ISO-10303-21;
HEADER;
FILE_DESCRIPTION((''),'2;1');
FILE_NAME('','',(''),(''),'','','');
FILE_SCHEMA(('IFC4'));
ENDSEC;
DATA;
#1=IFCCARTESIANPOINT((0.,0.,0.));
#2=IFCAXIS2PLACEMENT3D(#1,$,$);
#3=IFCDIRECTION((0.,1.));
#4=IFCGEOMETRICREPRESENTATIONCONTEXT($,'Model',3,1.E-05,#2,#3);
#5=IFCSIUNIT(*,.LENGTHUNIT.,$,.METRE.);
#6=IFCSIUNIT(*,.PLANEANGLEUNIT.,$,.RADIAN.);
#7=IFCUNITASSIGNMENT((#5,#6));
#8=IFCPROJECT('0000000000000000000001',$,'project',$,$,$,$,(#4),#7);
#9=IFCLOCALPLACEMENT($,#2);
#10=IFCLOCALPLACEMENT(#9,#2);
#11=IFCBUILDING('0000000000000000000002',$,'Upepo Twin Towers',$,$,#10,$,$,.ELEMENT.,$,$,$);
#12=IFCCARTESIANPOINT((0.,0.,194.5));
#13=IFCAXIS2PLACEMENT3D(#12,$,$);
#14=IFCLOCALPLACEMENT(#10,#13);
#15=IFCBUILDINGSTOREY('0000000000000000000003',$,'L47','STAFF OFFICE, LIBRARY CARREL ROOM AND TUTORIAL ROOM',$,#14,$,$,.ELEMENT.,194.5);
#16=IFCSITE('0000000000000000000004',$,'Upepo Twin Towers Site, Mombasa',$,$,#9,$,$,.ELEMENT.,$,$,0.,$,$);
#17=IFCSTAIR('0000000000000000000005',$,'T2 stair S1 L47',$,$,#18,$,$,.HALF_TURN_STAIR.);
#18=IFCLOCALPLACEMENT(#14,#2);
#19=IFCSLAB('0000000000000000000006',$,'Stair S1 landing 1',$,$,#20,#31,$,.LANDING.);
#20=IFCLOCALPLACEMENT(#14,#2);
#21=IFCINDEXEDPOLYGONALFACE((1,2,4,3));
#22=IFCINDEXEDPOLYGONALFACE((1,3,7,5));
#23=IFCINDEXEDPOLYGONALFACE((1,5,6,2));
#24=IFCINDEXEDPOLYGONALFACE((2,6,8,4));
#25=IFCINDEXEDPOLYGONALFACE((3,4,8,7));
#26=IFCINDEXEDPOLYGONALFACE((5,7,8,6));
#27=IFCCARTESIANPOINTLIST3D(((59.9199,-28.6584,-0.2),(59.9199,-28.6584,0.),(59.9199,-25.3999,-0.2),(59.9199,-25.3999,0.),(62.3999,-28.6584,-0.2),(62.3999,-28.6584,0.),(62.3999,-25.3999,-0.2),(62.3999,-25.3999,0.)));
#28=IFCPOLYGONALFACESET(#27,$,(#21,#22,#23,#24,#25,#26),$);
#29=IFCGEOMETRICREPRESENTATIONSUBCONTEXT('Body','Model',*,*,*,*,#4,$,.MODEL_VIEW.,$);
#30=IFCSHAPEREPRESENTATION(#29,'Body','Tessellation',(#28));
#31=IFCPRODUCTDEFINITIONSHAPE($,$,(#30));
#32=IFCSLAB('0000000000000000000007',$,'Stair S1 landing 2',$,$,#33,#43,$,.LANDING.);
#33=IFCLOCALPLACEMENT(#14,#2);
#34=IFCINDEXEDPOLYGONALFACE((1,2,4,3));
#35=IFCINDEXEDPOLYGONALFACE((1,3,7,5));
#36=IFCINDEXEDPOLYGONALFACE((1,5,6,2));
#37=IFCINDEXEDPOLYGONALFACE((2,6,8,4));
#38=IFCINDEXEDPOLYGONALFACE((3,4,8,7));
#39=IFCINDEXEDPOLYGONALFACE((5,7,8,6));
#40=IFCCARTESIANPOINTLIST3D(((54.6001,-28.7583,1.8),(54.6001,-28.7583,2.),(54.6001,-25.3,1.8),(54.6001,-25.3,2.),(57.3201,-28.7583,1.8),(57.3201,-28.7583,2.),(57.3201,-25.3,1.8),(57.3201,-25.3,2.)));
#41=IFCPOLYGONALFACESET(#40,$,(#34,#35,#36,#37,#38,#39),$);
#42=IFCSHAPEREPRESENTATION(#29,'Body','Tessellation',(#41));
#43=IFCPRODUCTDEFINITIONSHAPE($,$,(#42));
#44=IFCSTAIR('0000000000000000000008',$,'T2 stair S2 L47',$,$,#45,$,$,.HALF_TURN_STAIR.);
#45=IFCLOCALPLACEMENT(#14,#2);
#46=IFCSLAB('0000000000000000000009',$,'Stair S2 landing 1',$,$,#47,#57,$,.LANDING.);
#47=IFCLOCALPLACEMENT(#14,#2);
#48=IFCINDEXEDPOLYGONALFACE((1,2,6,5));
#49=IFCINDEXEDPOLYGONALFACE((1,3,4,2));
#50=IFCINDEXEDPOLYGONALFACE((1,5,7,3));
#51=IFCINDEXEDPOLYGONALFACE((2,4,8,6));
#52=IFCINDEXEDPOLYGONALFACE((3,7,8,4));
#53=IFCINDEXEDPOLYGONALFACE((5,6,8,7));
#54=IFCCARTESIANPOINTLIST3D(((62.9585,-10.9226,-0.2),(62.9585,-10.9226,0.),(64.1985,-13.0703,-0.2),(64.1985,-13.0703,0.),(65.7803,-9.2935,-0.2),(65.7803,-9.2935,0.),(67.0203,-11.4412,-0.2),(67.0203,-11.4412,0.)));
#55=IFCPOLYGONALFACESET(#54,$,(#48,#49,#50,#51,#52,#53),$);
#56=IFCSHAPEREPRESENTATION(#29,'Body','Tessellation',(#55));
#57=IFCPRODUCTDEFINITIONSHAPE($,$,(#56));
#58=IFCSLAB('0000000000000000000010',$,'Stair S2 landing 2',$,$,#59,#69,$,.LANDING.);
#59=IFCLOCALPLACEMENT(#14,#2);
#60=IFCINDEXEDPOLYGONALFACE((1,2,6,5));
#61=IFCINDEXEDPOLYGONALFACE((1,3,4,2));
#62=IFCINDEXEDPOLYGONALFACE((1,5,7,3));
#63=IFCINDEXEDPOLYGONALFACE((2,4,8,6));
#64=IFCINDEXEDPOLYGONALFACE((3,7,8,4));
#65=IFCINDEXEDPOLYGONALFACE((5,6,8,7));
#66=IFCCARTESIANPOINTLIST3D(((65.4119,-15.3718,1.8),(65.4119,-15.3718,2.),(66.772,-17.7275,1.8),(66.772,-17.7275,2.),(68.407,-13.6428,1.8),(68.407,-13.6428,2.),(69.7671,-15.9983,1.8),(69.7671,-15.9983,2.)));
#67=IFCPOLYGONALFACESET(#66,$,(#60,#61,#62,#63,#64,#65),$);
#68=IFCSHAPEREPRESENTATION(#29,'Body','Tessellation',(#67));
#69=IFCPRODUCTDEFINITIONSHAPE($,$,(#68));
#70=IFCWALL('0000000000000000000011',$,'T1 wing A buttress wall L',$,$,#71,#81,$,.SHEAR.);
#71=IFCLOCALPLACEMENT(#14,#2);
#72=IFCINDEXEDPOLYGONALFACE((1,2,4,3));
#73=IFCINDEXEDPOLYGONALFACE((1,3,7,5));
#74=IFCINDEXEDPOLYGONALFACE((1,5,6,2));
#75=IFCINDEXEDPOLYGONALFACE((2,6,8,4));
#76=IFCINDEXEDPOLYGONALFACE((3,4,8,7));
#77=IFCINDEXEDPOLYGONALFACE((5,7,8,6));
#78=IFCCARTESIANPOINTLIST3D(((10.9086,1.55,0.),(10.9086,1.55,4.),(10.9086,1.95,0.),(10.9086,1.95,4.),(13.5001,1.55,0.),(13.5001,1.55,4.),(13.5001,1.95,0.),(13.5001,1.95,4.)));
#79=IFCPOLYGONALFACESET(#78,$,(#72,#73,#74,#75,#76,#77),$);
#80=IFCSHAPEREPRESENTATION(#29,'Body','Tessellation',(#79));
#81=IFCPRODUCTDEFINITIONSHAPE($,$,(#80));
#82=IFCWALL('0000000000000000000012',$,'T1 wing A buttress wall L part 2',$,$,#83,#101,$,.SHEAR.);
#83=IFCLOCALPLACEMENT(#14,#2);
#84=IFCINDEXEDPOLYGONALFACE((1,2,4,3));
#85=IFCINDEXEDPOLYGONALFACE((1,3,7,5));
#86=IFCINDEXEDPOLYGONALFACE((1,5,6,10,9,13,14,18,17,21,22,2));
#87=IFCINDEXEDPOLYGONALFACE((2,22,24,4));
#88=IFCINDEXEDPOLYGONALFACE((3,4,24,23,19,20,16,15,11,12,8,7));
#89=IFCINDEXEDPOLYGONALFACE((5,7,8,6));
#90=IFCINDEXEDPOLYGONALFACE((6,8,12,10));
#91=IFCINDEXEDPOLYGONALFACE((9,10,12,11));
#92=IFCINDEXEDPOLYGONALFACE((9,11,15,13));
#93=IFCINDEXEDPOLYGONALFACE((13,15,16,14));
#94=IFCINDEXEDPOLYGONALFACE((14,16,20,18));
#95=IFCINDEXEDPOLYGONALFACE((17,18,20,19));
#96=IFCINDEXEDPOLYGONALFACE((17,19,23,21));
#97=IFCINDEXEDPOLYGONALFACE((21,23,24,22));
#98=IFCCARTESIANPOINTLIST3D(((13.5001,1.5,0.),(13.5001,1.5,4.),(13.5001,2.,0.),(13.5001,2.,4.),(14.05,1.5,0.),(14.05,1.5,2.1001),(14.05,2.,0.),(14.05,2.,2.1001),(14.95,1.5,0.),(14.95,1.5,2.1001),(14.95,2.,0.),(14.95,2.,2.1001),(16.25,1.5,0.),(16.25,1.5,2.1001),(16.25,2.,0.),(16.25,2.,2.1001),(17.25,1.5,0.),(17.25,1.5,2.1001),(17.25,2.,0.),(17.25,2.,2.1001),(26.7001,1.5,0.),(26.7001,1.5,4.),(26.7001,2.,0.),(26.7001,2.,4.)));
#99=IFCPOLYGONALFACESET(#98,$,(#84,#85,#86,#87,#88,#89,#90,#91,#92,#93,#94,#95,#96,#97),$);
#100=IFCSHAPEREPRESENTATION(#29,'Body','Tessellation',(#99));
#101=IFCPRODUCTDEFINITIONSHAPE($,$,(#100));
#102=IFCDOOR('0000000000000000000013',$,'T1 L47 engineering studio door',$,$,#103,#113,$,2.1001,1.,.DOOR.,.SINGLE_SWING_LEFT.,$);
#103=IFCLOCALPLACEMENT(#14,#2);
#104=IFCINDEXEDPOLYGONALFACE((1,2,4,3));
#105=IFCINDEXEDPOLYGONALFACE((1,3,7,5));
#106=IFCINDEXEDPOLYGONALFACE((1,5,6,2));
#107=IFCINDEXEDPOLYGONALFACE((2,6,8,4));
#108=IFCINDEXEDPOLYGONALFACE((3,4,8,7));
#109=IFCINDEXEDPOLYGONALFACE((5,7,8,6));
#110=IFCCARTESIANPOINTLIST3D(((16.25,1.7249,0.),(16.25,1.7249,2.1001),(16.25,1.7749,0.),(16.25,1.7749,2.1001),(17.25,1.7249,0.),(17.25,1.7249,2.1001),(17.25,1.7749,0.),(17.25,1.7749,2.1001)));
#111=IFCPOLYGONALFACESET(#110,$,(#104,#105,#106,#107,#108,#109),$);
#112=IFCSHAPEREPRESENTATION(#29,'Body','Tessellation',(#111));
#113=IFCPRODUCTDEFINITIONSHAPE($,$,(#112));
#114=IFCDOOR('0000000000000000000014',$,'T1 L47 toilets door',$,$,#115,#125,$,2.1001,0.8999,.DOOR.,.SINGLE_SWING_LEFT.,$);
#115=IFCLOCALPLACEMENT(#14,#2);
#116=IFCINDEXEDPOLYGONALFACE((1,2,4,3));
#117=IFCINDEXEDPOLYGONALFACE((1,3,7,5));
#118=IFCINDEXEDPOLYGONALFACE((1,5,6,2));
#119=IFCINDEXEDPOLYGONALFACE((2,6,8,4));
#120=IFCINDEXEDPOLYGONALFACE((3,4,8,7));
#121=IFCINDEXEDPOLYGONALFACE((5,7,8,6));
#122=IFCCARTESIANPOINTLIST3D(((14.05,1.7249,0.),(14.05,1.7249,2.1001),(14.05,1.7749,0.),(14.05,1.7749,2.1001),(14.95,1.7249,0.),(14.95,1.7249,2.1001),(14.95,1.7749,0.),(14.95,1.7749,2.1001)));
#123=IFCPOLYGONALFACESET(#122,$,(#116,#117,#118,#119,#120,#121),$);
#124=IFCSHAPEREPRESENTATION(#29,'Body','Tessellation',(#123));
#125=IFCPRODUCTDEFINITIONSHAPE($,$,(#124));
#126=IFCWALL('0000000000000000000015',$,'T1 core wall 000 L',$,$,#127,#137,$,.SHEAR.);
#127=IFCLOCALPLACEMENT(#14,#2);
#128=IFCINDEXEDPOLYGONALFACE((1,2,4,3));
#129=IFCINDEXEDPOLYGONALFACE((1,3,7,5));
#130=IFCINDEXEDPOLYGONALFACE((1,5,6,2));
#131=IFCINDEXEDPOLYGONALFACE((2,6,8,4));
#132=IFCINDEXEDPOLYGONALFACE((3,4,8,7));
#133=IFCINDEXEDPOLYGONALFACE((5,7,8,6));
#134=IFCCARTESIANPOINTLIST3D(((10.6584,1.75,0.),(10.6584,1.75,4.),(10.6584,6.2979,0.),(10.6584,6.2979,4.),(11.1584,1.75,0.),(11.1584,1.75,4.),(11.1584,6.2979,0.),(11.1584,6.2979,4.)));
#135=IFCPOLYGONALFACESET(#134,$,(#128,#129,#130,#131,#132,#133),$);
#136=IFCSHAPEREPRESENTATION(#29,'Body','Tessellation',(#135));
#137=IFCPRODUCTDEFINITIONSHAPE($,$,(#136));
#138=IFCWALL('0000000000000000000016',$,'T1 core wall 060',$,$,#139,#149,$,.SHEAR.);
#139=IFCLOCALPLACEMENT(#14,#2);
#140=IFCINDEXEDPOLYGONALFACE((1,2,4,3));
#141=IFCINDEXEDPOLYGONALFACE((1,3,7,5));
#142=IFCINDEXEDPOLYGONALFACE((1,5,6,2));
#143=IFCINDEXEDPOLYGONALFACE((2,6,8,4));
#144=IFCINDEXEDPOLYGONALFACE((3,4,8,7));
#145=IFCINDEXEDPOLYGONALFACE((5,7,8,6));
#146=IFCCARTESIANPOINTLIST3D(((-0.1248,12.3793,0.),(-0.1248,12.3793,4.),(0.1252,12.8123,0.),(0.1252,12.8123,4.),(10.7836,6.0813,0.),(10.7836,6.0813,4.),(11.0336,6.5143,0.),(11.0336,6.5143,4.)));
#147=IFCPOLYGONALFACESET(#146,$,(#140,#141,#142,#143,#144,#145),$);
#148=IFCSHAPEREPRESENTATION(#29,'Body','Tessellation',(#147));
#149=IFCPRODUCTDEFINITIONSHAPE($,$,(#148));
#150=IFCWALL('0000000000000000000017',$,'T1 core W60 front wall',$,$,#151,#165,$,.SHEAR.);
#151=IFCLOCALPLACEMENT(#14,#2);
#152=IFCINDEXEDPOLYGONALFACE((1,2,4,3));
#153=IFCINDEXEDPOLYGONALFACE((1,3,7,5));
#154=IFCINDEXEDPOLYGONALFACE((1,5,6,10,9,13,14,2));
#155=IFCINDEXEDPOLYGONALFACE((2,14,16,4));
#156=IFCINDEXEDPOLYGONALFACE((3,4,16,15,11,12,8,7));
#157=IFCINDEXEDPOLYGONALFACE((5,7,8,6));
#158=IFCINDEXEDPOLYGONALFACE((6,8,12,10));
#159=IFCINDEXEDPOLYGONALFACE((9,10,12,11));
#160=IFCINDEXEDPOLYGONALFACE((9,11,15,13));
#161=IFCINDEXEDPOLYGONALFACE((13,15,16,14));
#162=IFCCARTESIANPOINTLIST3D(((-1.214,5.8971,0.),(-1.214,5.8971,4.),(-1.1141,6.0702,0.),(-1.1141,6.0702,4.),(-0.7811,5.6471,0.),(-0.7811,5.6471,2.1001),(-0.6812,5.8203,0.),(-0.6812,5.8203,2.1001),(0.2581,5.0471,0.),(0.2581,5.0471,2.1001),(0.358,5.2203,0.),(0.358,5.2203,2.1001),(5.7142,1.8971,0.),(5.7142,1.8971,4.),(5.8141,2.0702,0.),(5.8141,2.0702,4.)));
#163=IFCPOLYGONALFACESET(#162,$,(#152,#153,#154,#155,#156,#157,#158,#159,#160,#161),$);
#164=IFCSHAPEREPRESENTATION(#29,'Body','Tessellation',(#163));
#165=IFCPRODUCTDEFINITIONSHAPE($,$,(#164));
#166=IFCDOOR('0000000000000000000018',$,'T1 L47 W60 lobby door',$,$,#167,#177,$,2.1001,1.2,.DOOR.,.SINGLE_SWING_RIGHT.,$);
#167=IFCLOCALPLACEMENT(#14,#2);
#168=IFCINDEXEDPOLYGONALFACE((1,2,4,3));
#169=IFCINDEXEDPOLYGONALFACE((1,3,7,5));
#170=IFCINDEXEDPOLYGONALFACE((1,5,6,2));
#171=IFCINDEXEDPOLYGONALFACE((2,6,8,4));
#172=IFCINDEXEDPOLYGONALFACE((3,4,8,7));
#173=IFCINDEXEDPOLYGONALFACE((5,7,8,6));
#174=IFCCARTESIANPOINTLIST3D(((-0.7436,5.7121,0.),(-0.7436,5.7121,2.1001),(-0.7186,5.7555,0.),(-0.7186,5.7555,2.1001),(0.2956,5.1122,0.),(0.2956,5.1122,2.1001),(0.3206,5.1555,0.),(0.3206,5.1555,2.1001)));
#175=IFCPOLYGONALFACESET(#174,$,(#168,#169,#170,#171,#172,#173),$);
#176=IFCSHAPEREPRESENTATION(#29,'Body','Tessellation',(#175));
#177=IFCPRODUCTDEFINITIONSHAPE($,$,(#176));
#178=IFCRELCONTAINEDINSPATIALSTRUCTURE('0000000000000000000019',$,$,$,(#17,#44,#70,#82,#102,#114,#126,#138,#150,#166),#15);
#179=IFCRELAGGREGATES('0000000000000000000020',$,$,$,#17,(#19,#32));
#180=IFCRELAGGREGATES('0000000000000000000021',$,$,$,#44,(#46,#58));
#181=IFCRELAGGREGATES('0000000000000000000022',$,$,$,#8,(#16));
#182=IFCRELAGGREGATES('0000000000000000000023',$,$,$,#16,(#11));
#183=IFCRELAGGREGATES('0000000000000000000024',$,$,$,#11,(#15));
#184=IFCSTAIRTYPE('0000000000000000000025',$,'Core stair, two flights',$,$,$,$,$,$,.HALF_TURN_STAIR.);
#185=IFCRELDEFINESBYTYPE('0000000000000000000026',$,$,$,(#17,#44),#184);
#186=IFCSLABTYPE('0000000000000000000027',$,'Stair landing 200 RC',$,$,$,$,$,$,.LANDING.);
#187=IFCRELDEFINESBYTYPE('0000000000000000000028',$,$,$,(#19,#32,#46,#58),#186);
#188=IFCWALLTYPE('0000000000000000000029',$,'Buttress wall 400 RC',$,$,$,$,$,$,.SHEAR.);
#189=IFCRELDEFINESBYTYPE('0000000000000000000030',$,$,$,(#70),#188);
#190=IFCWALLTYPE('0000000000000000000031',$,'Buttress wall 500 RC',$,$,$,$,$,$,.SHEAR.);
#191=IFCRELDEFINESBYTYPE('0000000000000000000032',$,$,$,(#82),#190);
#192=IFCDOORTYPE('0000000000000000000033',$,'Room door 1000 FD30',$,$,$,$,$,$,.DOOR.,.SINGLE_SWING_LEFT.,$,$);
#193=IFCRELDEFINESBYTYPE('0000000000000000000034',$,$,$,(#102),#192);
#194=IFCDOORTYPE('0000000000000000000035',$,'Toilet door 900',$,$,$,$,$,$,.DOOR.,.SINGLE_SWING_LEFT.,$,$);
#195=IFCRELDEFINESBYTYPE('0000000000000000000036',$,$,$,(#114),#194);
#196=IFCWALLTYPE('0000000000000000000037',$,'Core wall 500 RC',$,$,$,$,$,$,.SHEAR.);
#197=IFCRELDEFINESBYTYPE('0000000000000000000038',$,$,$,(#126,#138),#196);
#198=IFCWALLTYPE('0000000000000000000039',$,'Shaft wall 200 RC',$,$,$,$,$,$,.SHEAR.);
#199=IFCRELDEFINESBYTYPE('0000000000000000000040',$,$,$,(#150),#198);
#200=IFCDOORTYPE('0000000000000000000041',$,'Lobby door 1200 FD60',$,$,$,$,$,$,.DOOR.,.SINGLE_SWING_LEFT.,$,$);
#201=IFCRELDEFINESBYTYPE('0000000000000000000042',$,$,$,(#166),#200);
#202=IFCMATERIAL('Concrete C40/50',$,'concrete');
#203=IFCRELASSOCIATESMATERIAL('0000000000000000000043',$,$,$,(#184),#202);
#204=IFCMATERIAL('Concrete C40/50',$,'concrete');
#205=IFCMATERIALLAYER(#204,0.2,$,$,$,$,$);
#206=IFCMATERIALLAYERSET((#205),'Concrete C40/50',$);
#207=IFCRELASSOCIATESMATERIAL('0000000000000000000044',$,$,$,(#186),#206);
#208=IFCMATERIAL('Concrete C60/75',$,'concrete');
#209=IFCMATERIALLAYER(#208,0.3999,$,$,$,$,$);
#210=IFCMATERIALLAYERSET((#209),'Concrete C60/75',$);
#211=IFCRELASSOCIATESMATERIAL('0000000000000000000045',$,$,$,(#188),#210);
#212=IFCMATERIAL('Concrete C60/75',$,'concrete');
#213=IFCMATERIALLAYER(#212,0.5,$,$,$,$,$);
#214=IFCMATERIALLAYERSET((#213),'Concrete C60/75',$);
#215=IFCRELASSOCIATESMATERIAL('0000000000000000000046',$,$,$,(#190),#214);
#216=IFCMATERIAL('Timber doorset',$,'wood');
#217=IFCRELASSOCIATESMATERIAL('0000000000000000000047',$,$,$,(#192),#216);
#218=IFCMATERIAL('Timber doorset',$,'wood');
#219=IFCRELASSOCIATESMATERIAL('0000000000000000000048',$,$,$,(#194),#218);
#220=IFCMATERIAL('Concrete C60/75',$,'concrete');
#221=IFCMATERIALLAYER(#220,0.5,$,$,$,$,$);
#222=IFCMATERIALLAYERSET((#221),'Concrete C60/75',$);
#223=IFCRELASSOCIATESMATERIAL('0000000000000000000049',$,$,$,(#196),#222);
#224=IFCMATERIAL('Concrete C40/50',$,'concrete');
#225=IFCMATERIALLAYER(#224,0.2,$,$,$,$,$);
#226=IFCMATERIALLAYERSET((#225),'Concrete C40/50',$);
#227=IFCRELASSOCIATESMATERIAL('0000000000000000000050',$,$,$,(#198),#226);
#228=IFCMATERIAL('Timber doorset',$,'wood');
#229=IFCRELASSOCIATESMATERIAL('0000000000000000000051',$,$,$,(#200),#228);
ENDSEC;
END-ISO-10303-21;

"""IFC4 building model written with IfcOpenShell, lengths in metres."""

from ifc_helpers import new_model, si_unit, direction, frame, frame_2d, origin, place, context, subcontext, project, spatial, polyline, rectangle, outline, extrude, material, layer, layer_set, type_object, element, fill, aggregate, save


model = new_model("IFC4")

# Units and contexts
model_context = context("Model", 3, precision=1e-05, world=origin(), true_north=direction((0.0, 1.0)))
body_context = subcontext(model_context, "Body", "Model", "MODEL_VIEW")
ifc_project = project(units=[si_unit("LENGTHUNIT", "METRE"), si_unit("PLANEANGLEUNIT", "RADIAN")], contexts=[model_context])

# Site, building, storey
site_placement = place(None, origin())
site = spatial("IfcSite", under=ifc_project, at=site_placement, Name="Upepo Twin Towers Site, Mombasa", CompositionType="ELEMENT", RefElevation=0.0)
building_placement = place(site_placement, origin())
building = spatial("IfcBuilding", under=site, at=building_placement, Name="Upepo Twin Towers", CompositionType="ELEMENT")
storey_placement = place(building_placement, frame((0.0, 0.0, 194.5)))
storey = spatial("IfcBuildingStorey", under=building, at=storey_placement, Name="L47", Description="STAFF OFFICE, LIBRARY CARREL ROOM AND TUTORIAL ROOM", CompositionType="ELEMENT", Elevation=194.5)

# Shared definitions
ifc_material_1 = material(Name="Concrete C40/50", Category="concrete")
stair_type = type_object("IfcStairType", Name="Core stair, two flights", PredefinedType="HALF_TURN_STAIR", material=ifc_material_1)
ifc_material_2 = material(Name="Concrete C40/50", Category="concrete")
ifc_layer_1 = layer(ifc_material_2, 0.2)
ifc_layer_set_1 = layer_set([ifc_layer_1], Name="Concrete C40/50")
slab_type = type_object("IfcSlabType", Name="Stair landing 200 RC", PredefinedType="LANDING", material=ifc_layer_set_1)

# Stairs, slabs
stair_1_placement = place(storey_placement, origin())
stair_1 = element("IfcStair", 1, at=stair_1_placement, inside=storey, type_object=stair_type, Name="T2 stair S1 L47", PredefinedType="HALF_TURN_STAIR")
slab_1_placement = place(storey_placement, frame((0.0, 0.0, -0.2)))
slab_1 = element("IfcSlab", 2, at=slab_1_placement, type_object=slab_type, Name="Stair S1 landing 1", PredefinedType="LANDING", context=body_context, shape_type="SweptSolid", body=[
    extrude(outline(polyline([(59.9199, -25.3999), (59.9199, -28.6584), (62.3999, -28.6584), (62.3999, -25.3999), (59.9199, -25.3999)])), origin(), (0.0, 0.0, 1.0), 0.2),
])
slab_2_placement = place(storey_placement, frame((0.0, 0.0, 1.8)))
slab_2 = element("IfcSlab", 3, at=slab_2_placement, type_object=slab_type, Name="Stair S1 landing 2", PredefinedType="LANDING", context=body_context, shape_type="SweptSolid", body=[
    extrude(outline(polyline([(54.6001, -25.3), (54.6001, -28.7583), (57.3201, -28.7583), (57.3201, -25.3), (54.6001, -25.3)])), origin(), (0.0, 0.0, 1.0), 0.2),
])
aggregate(stair_1, [slab_1, slab_2])
stair_2_placement = place(storey_placement, origin())
stair_2 = element("IfcStair", 4, at=stair_2_placement, inside=storey, type_object=stair_type, Name="T2 stair S2 L47", PredefinedType="HALF_TURN_STAIR")
slab_3_placement = place(storey_placement, frame((0.0, 0.0, -0.2)))
slab_3 = element("IfcSlab", 5, at=slab_3_placement, type_object=slab_type, Name="Stair S2 landing 1", PredefinedType="LANDING", context=body_context, shape_type="SweptSolid", body=[
    extrude(outline(polyline([(64.1985, -13.0703), (67.0203, -11.4412), (65.7803, -9.2935), (62.9585, -10.9226), (64.1985, -13.0703)])), origin(), (0.0, 0.0, 1.0), 0.2),
])
slab_4_placement = place(storey_placement, frame((0.0, 0.0, 1.8)))
slab_4 = element("IfcSlab", 6, at=slab_4_placement, type_object=slab_type, Name="Stair S2 landing 2", PredefinedType="LANDING", context=body_context, shape_type="SweptSolid", body=[
    extrude(outline(polyline([(66.772, -17.7275), (69.7671, -15.9983), (68.407, -13.6428), (65.4119, -15.3718), (66.772, -17.7275)])), origin(), (0.0, 0.0, 1.0), 0.2),
])
aggregate(stair_2, [slab_3, slab_4])

# Wall
ifc_material_3 = material(Name="Concrete C60/75", Category="concrete")
ifc_layer_2 = layer(ifc_material_3, 0.3999)
ifc_layer_set_2 = layer_set([ifc_layer_2], Name="Concrete C60/75")
wall_type_1 = type_object("IfcWallType", Name="Buttress wall 400 RC", PredefinedType="SHEAR", material=ifc_layer_set_2)
wall_1_placement = place(storey_placement, frame((10.9084, 1.75, 0.0), z_axis=(0.0, 0.0, 1.0), x_axis=(1.0, 0.0, 0.0)))
element("IfcWall", 7, at=wall_1_placement, inside=storey, type_object=wall_type_1, Name="T1 wing A buttress wall L", PredefinedType="SHEAR", context=body_context, shape_type="SweptSolid", body=[
    extrude(rectangle(XDim=2.5916, YDim=0.3999, at=frame_2d((1.2959, 0.0))), origin(), (0.0, 0.0, 1.0), 4.0),
])

# Wall, openings, doors
ifc_material_4 = material(Name="Concrete C60/75", Category="concrete")
ifc_layer_3 = layer(ifc_material_4, 0.5)
ifc_layer_set_3 = layer_set([ifc_layer_3], Name="Concrete C60/75")
wall_type_2 = type_object("IfcWallType", Name="Buttress wall 500 RC", PredefinedType="SHEAR", material=ifc_layer_set_3)
wall_2_placement = place(storey_placement, frame((13.5, 1.75, 0.0), z_axis=(0.0, 0.0, 1.0), x_axis=(1.0, 0.0, 0.0)))
wall_2 = element("IfcWall", 8, at=wall_2_placement, inside=storey, type_object=wall_type_2, Name="T1 wing A buttress wall L part 2", PredefinedType="SHEAR", context=body_context, shape_type="SweptSolid", body=[
    extrude(rectangle(XDim=13.2, YDim=0.5, at=frame_2d((6.6001, 0.0))), origin(), (0.0, 0.0, 1.0), 4.0),
])
opening_1_placement = place(wall_2_placement, frame((0.55, 0.0, 0.0)))
opening_1 = element("IfcOpeningElement", 9, at=opening_1_placement, cuts=wall_2, PredefinedType="OPENING", context=body_context, shape_type="SweptSolid", body=[
    extrude(rectangle(XDim=0.8999, YDim=2.1001, at=frame_2d((0.45, 1.05))), frame((0.0, 0.26, 0.0), z_axis=(0.0, -1.0, 0.0), x_axis=(1.0, 0.0, 0.0)), (0.0, 0.0, 1.0), 0.52),
])
opening_2_placement = place(wall_2_placement, frame((2.75, 0.0, 0.0)))
opening_2 = element("IfcOpeningElement", 10, at=opening_2_placement, cuts=wall_2, PredefinedType="OPENING", context=body_context, shape_type="SweptSolid", body=[
    extrude(rectangle(XDim=1.0, YDim=2.1001, at=frame_2d((0.5, 1.05))), frame((0.0, 0.26, 0.0), z_axis=(0.0, -1.0, 0.0), x_axis=(1.0, 0.0, 0.0)), (0.0, 0.0, 1.0), 0.52),
])
ifc_material_5 = material(Name="Timber doorset", Category="wood")
door_type_1 = type_object("IfcDoorType", Name="Room door 1000 FD30", OperationType="SINGLE_SWING_LEFT", PredefinedType="DOOR", material=ifc_material_5)
door_1_placement = place(opening_2_placement, origin())
door_1 = element("IfcDoor", 11, at=door_1_placement, inside=storey, type_object=door_type_1, Name="T1 L47 engineering studio door", OperationType="SINGLE_SWING_LEFT", OverallHeight=2.1001, OverallWidth=1.0, PredefinedType="DOOR", context=body_context, shape_type="SweptSolid", body=[
    extrude(rectangle(XDim=1.0, YDim=2.1001, at=frame_2d((0.5, 1.05))), frame((0.0, 0.0249, 0.0), z_axis=(0.0, -1.0, 0.0), x_axis=(1.0, 0.0, 0.0)), (0.0, 0.0, 1.0), 0.05),
])
fill(opening_2, door_1)
ifc_material_6 = material(Name="Timber doorset", Category="wood")
door_type_2 = type_object("IfcDoorType", Name="Toilet door 900", OperationType="SINGLE_SWING_LEFT", PredefinedType="DOOR", material=ifc_material_6)
door_2_placement = place(opening_1_placement, origin())
door_2 = element("IfcDoor", 12, at=door_2_placement, inside=storey, type_object=door_type_2, Name="T1 L47 toilets door", OperationType="SINGLE_SWING_LEFT", OverallHeight=2.1001, OverallWidth=0.8999, PredefinedType="DOOR", context=body_context, shape_type="SweptSolid", body=[
    extrude(rectangle(XDim=0.8999, YDim=2.1001, at=frame_2d((0.45, 1.05))), frame((0.0, 0.0249, 0.0), z_axis=(0.0, -1.0, 0.0), x_axis=(1.0, 0.0, 0.0)), (0.0, 0.0, 1.0), 0.05),
])
fill(opening_1, door_2)

# Walls
ifc_material_7 = material(Name="Concrete C60/75", Category="concrete")
ifc_layer_4 = layer(ifc_material_7, 0.5)
ifc_layer_set_4 = layer_set([ifc_layer_4], Name="Concrete C60/75")
wall_type_3 = type_object("IfcWallType", Name="Core wall 500 RC", PredefinedType="SHEAR", material=ifc_layer_set_4)
wall_3_placement = place(storey_placement, frame((10.9084, 1.75, 0.0), z_axis=(0.0, 0.0, 1.0), x_axis=(0.0, 1.0, 0.0)))
element("IfcWall", 13, at=wall_3_placement, inside=storey, type_object=wall_type_3, Name="T1 core wall 000 L", PredefinedType="SHEAR", context=body_context, shape_type="SweptSolid", body=[
    extrude(rectangle(XDim=4.5479, YDim=0.5, at=frame_2d((2.2739, 0.0))), origin(), (0.0, 0.0, 1.0), 4.0),
])
wall_4_placement = place(storey_placement, frame((10.9084, 6.2979, 0.0), z_axis=(0.0, 0.0, 1.0), x_axis=(-0.866022, 0.500006, 0.0)))
element("IfcWall", 14, at=wall_4_placement, inside=storey, type_object=wall_type_3, Name="T1 core wall 060", PredefinedType="SHEAR", context=body_context, shape_type="SweptSolid", body=[
    extrude(rectangle(XDim=12.5959, YDim=0.5, at=frame_2d((6.2979, 0.0))), origin(), (0.0, 0.0, 1.0), 4.0),
])

# Wall, opening, door
ifc_material_8 = material(Name="Concrete C40/50", Category="concrete")
ifc_layer_5 = layer(ifc_material_8, 0.2)
ifc_layer_set_5 = layer_set([ifc_layer_5], Name="Concrete C40/50")
wall_type_4 = type_object("IfcWallType", Name="Shaft wall 200 RC", PredefinedType="SHEAR", material=ifc_layer_set_5)
wall_5_placement = place(storey_placement, frame((5.7642, 1.9836, 0.0), z_axis=(0.0, 0.0, 1.0), x_axis=(-0.866026, 0.499999, 0.0)))
wall_5 = element("IfcWall", 15, at=wall_5_placement, inside=storey, type_object=wall_type_4, Name="T1 core W60 front wall", PredefinedType="SHEAR", context=body_context, shape_type="SweptSolid", body=[
    extrude(rectangle(XDim=8.0, YDim=0.2, at=frame_2d((4.0, 0.0))), origin(), (0.0, 0.0, 1.0), 4.0),
])
opening_3_placement = place(wall_5_placement, frame((6.3, 0.0, 0.0)))
opening_3 = element("IfcOpeningElement", 16, at=opening_3_placement, cuts=wall_5, PredefinedType="OPENING", context=body_context, shape_type="SweptSolid", body=[
    extrude(rectangle(XDim=1.2, YDim=2.1001, at=frame_2d((0.6001, 1.05))), frame((0.0, 0.1099, 0.0), z_axis=(0.0, -1.0, 0.0), x_axis=(1.0, 0.0, 0.0)), (0.0, 0.0, 1.0), 0.22),
])
ifc_material_9 = material(Name="Timber doorset", Category="wood")
door_type_3 = type_object("IfcDoorType", Name="Lobby door 1200 FD60", OperationType="SINGLE_SWING_LEFT", PredefinedType="DOOR", material=ifc_material_9)
door_3_placement = place(opening_3_placement, origin())
door_3 = element("IfcDoor", 17, at=door_3_placement, inside=storey, type_object=door_type_3, Name="T1 L47 W60 lobby door", OperationType="SINGLE_SWING_RIGHT", OverallHeight=2.1001, OverallWidth=1.2, PredefinedType="DOOR", context=body_context, shape_type="SweptSolid", body=[
    extrude(rectangle(XDim=1.2, YDim=2.1001, at=frame_2d((0.6001, 1.05))), frame((0.0, 0.0249, 0.0), z_axis=(0.0, -1.0, 0.0), x_axis=(1.0, 0.0, 0.0)), (0.0, 0.0, 1.0), 0.05),
])
fill(opening_3, door_3)

save(model, "model.ifc")
